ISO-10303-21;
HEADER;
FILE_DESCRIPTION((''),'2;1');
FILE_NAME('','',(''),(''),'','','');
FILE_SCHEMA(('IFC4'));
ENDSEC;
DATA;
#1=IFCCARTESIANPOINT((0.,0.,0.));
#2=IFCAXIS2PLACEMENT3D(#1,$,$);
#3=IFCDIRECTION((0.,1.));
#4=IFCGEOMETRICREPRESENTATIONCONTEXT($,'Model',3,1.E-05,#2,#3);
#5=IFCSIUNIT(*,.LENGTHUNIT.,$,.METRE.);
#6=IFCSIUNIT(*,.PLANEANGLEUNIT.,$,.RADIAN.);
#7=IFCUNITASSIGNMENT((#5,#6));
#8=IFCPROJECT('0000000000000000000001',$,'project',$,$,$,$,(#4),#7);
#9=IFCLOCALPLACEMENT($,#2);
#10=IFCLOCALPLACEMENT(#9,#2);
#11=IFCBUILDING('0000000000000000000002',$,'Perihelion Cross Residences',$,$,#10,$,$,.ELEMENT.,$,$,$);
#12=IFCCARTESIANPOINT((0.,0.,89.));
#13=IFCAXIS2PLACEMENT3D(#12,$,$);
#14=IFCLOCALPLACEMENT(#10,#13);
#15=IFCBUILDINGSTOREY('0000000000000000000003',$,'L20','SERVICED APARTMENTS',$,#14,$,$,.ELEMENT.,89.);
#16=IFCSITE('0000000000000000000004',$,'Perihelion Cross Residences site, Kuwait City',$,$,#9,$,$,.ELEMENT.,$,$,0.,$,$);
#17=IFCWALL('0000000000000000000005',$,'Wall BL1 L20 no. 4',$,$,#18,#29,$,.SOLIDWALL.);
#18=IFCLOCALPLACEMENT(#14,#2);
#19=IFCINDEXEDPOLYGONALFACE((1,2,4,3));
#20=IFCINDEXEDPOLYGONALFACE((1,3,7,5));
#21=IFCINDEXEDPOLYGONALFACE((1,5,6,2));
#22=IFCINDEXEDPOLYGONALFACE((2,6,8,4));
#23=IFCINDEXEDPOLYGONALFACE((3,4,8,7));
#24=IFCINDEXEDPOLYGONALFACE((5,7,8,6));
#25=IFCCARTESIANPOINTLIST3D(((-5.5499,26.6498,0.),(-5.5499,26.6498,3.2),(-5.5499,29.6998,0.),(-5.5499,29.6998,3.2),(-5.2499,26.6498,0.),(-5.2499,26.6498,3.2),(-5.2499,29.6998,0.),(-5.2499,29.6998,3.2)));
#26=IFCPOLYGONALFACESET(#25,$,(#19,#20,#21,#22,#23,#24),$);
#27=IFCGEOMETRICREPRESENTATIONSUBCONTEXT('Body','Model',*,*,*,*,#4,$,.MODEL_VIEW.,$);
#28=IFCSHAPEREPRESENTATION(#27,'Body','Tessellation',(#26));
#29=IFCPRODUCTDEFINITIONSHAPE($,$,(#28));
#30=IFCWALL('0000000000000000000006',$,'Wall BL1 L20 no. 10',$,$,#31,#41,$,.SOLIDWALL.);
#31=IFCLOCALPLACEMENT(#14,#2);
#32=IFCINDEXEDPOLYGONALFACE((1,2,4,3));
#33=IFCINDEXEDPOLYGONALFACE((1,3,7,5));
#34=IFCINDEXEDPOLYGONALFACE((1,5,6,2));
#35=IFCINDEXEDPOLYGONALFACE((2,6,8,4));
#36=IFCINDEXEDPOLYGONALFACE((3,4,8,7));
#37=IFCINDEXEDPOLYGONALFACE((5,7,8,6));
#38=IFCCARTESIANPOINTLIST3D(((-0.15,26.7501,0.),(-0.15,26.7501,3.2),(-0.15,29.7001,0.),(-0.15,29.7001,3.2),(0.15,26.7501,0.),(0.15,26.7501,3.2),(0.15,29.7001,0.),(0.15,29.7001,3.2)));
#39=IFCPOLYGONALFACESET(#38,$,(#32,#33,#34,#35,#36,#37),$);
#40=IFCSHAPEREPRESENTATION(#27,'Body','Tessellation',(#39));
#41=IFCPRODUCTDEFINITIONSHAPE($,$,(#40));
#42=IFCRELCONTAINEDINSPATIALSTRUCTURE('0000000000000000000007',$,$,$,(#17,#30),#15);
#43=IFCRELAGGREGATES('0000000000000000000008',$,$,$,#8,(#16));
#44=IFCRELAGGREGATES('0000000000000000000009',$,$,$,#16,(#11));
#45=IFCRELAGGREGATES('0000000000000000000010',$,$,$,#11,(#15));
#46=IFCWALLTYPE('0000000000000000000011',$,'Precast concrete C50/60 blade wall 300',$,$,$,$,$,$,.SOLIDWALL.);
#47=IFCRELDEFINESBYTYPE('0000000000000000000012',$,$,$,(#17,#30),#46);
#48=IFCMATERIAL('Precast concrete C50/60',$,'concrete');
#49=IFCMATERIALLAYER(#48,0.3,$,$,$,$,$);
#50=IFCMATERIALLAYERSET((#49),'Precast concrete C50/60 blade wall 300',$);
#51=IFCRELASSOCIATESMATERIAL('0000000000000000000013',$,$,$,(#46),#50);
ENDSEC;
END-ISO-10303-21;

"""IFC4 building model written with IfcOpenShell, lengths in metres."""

from ifc_helpers import new_model, si_unit, direction, frame, frame_2d, origin, place, context, subcontext, project, spatial, rectangle, extrude, material, layer, layer_set, type_object, element, save


model = new_model("IFC4")

# Units and contexts
model_context = context("Model", 3, precision=1e-05, world=origin(), true_north=direction((0.0, 1.0)))
body_context = subcontext(model_context, "Body", "Model", "MODEL_VIEW")
ifc_project = project(units=[si_unit("LENGTHUNIT", "METRE"), si_unit("PLANEANGLEUNIT", "RADIAN")], contexts=[model_context])

# Site, building, storey
site_placement = place(None, origin())
site = spatial("IfcSite", under=ifc_project, at=site_placement, Name="Perihelion Cross Residences site, Kuwait City", CompositionType="ELEMENT", RefElevation=0.0)
building_placement = place(site_placement, origin())
building = spatial("IfcBuilding", under=site, at=building_placement, Name="Perihelion Cross Residences", CompositionType="ELEMENT")
storey_placement = place(building_placement, frame((0.0, 0.0, 89.0)))
storey = spatial("IfcBuildingStorey", under=building, at=storey_placement, Name="L20", Description="SERVICED APARTMENTS", CompositionType="ELEMENT", Elevation=89.0)

# Walls
ifc_material_1 = material(Name="Precast concrete C50/60", Category="concrete")
ifc_layer_1 = layer(ifc_material_1, 0.3)
ifc_layer_set_1 = layer_set([ifc_layer_1], Name="Precast concrete C50/60 blade wall 300")
wall_type_1 = type_object("IfcWallType", Name="Precast concrete C50/60 blade wall 300", PredefinedType="SOLIDWALL", material=ifc_layer_set_1)
wall_1_placement = place(storey_placement, frame((-5.3999, 26.6499, 0.0), z_axis=(0.0, 0.0, 1.0), x_axis=(0.0, 1.0, 0.0)))
element("IfcWall", 1, at=wall_1_placement, inside=storey, type_object=wall_type_1, Name="Wall BL1 L20 no. 4", PredefinedType="SOLIDWALL", context=body_context, shape_type="SweptSolid", body=[
    extrude(rectangle(XDim=3.05, YDim=0.3, at=frame_2d((1.5249, 0.0))), origin(), (0.0, 0.0, 1.0), 3.2),
])
wall_2_placement = place(storey_placement, frame((0.0, 26.75, 0.0), z_axis=(0.0, 0.0, 1.0), x_axis=(0.0, 1.0, 0.0)))
element("IfcWall", 2, at=wall_2_placement, inside=storey, type_object=wall_type_1, Name="Wall BL1 L20 no. 10", PredefinedType="SOLIDWALL", context=body_context, shape_type="SweptSolid", body=[
    extrude(rectangle(XDim=2.95, YDim=0.3, at=frame_2d((1.4751, 0.0))), origin(), (0.0, 0.0, 1.0), 3.2),
])

save(model, "model.ifc")
